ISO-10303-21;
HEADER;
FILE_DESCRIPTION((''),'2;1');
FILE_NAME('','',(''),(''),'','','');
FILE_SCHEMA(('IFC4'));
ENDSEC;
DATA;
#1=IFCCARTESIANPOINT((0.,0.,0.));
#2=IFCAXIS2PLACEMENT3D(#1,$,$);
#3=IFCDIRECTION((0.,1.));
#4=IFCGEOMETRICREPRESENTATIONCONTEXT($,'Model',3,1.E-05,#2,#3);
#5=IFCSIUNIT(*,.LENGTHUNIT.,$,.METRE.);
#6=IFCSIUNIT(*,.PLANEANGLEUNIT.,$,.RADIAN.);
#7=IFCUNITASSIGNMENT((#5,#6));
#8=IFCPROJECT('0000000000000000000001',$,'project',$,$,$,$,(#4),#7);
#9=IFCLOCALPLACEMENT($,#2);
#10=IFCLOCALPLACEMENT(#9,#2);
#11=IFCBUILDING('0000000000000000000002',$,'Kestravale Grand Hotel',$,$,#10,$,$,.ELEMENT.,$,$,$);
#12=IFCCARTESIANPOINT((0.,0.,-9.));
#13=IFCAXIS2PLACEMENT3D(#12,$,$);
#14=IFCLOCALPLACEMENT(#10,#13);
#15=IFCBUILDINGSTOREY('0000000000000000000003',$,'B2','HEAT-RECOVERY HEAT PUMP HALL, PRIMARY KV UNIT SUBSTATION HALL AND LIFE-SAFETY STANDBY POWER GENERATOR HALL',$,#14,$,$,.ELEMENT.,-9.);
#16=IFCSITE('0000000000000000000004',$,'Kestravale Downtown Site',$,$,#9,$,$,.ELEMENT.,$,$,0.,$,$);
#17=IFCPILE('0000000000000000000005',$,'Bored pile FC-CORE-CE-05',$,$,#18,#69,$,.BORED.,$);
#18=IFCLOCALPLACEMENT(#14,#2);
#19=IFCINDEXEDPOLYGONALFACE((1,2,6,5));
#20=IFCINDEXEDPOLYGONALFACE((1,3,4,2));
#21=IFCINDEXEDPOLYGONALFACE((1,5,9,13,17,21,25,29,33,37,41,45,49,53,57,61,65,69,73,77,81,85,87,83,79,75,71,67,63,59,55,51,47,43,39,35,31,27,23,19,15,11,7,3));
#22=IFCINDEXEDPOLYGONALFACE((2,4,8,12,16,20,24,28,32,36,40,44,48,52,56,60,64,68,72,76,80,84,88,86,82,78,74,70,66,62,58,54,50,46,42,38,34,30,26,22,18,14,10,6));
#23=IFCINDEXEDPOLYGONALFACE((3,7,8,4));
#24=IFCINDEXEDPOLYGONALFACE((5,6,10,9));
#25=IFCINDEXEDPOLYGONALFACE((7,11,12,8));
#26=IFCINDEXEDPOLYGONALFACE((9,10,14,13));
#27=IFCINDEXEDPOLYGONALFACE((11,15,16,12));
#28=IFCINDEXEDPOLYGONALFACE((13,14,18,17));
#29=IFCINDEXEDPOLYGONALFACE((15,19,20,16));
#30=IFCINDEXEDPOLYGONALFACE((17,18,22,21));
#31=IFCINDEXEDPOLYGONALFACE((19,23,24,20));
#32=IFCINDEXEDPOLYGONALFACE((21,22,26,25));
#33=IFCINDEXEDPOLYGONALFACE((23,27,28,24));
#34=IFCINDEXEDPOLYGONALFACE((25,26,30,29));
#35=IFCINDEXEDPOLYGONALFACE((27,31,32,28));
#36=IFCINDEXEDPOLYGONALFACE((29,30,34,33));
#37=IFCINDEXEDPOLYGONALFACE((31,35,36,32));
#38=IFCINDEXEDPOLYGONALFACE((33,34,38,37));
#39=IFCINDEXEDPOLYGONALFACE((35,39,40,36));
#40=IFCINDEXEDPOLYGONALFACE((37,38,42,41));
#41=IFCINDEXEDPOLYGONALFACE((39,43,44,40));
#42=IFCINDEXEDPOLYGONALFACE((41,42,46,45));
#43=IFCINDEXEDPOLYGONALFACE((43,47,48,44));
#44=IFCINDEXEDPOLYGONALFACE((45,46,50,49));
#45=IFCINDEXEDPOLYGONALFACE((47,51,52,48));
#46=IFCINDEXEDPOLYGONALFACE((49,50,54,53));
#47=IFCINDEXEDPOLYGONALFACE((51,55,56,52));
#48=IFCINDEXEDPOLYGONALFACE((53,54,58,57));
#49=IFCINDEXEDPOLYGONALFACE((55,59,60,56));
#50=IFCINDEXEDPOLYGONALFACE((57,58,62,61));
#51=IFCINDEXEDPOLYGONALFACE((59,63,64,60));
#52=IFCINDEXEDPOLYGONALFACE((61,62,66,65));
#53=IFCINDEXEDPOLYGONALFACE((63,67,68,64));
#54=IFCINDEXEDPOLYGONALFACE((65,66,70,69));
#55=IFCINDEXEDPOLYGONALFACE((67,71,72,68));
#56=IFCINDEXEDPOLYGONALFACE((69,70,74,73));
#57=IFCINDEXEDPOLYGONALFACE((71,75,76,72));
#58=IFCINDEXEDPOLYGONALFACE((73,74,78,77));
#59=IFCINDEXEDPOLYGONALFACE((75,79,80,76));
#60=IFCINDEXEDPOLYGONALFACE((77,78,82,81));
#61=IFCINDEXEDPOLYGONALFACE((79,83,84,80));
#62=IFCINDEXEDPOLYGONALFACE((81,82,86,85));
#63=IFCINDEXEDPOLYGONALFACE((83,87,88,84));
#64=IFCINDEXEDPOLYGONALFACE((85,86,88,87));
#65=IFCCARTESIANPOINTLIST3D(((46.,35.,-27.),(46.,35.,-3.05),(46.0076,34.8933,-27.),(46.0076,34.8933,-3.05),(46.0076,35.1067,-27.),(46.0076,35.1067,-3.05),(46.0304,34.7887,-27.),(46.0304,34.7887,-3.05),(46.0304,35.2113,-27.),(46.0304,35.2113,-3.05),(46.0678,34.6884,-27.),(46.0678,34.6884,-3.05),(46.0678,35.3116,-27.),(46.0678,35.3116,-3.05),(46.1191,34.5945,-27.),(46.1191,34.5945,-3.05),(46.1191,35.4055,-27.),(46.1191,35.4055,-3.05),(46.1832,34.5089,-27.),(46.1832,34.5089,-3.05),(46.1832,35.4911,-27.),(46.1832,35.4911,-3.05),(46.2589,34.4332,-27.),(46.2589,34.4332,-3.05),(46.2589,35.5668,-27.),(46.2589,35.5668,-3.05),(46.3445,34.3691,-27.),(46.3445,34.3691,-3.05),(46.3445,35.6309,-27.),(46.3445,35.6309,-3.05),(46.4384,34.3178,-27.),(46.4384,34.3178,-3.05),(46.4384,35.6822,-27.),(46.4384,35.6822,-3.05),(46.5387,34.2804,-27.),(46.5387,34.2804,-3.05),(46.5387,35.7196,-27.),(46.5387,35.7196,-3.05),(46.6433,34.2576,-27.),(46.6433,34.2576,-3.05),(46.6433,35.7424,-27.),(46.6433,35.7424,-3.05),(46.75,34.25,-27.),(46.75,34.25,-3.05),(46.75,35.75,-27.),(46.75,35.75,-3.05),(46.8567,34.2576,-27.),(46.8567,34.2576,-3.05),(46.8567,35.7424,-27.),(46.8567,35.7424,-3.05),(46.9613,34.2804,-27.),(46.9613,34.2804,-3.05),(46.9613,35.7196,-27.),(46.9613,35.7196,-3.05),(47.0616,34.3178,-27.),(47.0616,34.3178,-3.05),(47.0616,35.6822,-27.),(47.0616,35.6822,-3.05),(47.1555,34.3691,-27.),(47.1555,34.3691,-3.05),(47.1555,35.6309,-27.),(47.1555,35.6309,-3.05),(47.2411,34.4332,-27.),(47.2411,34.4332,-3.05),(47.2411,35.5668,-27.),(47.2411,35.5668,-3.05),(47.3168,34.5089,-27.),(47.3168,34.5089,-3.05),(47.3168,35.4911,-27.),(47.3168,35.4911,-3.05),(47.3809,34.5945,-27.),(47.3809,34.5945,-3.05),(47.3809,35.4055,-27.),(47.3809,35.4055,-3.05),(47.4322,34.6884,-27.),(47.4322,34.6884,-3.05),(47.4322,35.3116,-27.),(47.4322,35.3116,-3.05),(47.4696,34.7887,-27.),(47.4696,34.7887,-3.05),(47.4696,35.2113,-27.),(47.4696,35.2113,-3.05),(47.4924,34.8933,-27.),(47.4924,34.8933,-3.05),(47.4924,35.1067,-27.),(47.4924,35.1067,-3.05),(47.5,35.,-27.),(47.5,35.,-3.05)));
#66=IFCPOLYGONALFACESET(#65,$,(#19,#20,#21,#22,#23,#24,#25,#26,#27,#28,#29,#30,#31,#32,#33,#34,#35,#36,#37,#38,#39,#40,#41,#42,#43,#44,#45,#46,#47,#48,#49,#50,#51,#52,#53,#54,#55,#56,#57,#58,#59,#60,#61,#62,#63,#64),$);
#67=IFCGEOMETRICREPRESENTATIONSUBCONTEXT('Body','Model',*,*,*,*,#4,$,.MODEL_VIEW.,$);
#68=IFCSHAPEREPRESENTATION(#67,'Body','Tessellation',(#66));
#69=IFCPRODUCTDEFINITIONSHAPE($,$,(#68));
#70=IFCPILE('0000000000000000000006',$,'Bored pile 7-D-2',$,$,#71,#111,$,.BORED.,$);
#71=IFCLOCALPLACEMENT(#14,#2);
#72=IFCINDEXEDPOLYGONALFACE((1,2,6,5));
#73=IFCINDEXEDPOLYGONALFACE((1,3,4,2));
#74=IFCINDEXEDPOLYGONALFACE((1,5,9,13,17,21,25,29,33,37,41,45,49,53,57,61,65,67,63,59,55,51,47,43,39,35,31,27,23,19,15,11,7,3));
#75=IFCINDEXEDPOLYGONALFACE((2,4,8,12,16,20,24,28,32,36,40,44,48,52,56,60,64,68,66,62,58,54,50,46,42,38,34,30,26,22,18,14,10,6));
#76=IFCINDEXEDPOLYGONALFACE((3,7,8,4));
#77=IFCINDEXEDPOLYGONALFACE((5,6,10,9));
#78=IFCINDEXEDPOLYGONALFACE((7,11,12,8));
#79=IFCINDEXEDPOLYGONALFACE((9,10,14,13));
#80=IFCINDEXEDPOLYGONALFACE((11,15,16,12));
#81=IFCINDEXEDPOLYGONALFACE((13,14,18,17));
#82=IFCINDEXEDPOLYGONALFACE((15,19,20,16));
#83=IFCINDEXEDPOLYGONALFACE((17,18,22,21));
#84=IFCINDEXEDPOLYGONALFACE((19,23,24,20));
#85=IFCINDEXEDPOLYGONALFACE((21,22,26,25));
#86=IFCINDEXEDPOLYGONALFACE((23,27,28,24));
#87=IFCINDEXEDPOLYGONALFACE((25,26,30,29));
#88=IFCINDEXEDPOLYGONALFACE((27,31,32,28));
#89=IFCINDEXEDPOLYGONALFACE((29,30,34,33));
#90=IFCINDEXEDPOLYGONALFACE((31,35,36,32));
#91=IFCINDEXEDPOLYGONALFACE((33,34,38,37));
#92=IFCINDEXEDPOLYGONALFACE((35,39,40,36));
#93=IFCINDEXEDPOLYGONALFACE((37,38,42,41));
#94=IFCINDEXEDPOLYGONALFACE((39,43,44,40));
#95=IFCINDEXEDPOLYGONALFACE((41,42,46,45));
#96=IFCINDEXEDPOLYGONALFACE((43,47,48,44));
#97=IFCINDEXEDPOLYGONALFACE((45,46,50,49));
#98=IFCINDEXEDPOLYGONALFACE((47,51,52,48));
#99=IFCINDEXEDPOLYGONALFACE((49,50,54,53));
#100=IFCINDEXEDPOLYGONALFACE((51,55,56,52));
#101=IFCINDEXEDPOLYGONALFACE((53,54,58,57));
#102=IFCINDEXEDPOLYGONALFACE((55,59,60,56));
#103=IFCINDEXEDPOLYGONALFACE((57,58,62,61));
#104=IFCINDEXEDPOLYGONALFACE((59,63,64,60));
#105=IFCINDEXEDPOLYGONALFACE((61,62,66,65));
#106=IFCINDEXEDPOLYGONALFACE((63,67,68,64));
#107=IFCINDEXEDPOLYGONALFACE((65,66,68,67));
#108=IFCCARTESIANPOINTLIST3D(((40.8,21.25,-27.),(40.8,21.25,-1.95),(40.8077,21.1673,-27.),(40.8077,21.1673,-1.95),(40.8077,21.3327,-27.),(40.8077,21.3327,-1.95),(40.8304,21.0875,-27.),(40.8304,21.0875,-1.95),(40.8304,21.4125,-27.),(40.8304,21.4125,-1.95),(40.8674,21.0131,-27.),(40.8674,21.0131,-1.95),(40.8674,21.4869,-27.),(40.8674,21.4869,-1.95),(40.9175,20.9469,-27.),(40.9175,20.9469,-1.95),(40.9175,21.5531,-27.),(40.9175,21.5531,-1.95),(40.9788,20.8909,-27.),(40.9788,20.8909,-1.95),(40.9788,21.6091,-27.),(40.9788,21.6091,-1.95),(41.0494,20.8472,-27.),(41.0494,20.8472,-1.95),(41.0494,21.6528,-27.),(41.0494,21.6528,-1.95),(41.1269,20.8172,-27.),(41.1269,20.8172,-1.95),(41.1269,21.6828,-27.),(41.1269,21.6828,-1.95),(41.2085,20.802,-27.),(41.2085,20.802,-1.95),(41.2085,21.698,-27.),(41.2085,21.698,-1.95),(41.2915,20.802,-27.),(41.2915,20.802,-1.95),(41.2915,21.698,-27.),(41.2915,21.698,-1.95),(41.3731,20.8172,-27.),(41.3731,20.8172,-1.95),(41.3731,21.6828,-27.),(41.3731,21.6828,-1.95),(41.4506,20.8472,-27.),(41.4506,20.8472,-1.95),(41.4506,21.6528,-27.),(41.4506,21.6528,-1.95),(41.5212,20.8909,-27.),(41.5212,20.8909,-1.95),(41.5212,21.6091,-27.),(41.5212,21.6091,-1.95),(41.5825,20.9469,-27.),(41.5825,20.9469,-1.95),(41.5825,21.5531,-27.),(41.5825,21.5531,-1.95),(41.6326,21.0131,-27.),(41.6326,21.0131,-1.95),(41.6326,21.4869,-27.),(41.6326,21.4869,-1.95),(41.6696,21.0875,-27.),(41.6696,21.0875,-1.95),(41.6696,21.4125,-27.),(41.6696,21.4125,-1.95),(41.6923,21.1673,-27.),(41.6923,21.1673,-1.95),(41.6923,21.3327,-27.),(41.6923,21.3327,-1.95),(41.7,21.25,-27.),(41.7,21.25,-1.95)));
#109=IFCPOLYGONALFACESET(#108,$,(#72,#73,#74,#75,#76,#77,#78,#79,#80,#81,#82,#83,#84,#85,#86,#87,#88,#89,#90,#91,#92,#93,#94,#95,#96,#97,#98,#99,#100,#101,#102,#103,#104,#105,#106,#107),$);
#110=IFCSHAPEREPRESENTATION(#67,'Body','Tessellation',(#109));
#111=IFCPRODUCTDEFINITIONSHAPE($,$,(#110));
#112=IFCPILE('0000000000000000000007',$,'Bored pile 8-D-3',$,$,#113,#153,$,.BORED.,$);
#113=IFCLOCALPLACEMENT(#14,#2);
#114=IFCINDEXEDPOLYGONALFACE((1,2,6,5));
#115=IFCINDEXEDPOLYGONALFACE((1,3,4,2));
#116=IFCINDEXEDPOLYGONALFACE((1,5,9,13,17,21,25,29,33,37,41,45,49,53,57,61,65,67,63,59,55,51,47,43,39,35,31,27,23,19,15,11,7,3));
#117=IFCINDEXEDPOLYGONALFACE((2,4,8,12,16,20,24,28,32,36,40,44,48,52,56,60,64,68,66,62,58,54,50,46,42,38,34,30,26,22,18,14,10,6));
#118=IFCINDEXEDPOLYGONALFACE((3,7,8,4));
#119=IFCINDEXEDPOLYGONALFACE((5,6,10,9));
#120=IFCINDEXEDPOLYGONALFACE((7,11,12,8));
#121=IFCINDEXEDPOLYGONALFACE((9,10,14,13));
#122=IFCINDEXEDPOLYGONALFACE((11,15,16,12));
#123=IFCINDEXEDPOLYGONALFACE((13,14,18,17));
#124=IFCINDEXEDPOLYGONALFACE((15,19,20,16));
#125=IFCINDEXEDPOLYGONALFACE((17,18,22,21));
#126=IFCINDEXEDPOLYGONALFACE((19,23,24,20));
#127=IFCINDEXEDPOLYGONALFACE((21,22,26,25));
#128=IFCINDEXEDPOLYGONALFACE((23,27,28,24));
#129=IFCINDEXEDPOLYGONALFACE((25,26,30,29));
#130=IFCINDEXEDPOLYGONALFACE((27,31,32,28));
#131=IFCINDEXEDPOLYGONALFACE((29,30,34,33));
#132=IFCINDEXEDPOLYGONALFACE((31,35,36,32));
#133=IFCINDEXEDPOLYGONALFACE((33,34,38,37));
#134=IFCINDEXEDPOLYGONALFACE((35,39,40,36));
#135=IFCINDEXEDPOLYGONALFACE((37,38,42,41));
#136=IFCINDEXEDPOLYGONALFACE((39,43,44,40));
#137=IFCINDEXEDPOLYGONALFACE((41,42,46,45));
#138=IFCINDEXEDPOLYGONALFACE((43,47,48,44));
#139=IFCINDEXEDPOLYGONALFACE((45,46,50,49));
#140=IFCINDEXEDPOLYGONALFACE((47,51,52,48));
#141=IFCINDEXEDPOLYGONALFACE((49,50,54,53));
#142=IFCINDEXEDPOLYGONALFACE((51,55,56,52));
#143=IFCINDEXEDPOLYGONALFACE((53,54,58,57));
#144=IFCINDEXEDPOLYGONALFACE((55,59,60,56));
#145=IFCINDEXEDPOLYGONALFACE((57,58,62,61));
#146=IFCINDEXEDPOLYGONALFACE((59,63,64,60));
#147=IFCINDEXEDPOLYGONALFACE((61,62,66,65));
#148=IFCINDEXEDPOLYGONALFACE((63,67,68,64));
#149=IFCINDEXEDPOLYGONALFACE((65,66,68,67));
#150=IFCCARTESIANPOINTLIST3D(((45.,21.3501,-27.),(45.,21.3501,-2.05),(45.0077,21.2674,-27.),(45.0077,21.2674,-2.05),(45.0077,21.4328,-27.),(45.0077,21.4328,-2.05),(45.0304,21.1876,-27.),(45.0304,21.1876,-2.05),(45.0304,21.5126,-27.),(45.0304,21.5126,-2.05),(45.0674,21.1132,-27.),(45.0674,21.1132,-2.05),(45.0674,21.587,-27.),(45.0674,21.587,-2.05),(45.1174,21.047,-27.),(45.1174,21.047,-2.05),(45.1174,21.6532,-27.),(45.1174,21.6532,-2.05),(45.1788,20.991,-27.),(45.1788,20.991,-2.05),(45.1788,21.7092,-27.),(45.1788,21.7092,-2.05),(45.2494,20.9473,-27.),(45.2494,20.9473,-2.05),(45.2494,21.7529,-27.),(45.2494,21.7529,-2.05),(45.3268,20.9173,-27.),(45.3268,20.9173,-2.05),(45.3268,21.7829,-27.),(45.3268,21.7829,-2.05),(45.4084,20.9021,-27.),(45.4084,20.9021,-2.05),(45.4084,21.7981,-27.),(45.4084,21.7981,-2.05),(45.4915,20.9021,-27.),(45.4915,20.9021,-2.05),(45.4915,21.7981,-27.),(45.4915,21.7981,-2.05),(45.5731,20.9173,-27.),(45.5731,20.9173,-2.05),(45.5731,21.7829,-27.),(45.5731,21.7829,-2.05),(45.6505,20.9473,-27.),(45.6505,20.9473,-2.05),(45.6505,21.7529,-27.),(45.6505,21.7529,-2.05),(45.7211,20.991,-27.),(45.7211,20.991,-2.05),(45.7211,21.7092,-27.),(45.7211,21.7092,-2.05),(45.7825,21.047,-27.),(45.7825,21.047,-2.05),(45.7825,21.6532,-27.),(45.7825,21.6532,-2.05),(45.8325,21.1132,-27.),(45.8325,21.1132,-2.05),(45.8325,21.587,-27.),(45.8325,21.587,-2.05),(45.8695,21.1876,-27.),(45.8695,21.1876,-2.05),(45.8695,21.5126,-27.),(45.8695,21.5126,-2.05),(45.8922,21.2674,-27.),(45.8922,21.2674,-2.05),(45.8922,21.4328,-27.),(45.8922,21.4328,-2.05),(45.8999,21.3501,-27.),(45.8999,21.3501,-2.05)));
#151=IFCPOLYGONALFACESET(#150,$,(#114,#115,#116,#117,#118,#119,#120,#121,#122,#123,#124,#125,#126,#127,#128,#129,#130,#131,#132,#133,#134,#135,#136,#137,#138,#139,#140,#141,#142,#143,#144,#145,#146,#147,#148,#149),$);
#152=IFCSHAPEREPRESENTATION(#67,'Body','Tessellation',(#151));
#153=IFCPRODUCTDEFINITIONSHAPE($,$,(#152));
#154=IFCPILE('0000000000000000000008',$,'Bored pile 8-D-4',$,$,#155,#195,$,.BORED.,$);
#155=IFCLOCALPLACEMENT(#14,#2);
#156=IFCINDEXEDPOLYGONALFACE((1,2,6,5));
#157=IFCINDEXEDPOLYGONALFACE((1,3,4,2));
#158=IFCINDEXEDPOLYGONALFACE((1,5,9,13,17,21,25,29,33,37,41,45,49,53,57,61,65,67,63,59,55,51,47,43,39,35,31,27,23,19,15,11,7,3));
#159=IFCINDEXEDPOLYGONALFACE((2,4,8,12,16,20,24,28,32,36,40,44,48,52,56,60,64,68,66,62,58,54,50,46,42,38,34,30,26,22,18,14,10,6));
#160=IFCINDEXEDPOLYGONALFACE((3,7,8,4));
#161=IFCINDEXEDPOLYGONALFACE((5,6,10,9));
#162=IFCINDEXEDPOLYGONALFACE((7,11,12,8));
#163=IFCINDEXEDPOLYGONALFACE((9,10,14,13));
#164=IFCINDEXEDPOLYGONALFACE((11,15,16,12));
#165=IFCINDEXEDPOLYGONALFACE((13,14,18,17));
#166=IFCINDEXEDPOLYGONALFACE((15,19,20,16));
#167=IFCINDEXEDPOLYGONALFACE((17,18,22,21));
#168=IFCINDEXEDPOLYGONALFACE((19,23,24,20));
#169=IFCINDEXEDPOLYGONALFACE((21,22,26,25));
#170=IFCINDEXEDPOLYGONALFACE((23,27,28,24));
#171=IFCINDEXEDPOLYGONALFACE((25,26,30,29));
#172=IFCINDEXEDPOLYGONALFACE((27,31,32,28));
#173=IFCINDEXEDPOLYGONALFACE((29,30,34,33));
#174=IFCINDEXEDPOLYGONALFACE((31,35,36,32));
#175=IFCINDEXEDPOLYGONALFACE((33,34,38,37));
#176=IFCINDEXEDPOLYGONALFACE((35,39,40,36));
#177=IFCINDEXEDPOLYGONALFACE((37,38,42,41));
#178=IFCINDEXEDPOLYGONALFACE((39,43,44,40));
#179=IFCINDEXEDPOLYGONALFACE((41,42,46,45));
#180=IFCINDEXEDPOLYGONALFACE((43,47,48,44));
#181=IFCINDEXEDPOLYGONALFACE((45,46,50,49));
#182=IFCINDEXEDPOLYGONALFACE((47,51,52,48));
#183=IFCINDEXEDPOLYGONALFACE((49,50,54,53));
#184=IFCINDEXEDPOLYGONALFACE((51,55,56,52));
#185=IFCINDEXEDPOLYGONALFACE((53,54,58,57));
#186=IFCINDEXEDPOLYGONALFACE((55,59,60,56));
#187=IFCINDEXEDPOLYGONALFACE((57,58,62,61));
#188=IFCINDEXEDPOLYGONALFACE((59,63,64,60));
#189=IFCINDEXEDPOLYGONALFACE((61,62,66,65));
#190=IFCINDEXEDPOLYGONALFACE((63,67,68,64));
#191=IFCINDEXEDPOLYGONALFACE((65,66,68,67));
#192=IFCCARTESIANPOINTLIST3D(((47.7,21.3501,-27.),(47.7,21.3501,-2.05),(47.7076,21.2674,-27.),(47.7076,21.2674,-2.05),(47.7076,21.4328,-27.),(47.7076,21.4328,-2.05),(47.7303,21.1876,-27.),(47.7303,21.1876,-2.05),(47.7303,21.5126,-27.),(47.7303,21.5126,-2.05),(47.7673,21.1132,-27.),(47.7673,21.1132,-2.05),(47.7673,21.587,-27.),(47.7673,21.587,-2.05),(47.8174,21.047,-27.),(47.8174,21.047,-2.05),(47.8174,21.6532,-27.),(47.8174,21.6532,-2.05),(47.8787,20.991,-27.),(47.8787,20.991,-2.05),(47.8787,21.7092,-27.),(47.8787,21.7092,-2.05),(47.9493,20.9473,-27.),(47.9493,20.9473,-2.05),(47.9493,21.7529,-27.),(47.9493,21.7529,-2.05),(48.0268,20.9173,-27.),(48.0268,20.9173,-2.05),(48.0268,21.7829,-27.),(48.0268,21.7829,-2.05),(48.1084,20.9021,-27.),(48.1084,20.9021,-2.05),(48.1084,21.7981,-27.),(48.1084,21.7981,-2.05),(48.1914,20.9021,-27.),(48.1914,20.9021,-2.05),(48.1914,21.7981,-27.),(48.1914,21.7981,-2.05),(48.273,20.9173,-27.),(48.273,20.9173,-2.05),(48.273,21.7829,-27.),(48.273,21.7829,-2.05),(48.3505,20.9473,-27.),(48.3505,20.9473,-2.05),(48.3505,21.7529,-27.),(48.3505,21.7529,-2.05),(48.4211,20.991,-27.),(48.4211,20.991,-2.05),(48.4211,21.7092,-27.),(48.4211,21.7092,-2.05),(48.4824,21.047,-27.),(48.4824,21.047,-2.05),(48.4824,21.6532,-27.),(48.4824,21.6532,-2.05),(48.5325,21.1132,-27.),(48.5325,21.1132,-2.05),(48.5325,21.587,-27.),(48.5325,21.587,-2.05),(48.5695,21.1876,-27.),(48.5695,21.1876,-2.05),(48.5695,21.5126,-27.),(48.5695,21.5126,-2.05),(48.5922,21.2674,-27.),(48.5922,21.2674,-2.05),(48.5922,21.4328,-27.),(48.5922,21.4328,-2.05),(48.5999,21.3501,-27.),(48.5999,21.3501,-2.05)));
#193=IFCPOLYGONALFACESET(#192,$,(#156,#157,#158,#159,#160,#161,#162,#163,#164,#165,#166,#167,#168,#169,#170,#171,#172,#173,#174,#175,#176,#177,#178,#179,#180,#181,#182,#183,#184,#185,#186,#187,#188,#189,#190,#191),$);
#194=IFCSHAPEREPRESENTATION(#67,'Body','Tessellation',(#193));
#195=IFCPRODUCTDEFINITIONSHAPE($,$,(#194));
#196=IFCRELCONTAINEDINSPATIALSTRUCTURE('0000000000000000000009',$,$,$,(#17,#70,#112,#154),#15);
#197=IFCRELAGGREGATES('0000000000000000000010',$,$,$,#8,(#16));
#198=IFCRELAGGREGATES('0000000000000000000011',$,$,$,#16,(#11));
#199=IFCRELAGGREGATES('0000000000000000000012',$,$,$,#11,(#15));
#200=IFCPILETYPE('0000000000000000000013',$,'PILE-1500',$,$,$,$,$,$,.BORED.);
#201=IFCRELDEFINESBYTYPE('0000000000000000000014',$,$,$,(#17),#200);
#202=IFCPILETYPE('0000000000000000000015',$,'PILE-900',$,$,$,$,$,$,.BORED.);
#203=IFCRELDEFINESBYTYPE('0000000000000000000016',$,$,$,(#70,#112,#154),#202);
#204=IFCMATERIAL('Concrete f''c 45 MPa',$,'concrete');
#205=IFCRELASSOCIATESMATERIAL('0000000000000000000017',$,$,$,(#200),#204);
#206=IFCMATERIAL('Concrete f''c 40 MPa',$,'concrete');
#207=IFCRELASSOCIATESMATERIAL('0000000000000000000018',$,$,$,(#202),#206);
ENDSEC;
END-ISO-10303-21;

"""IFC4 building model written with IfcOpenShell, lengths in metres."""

from ifc_helpers import new_model, si_unit, direction, frame, origin, origin_2d, place, context, subcontext, project, spatial, circle, extrude, material, material_profile, profile_set, type_object, element, save


model = new_model("IFC4")

# Units and contexts
model_context = context("Model", 3, precision=1e-05, world=origin(), true_north=direction((0.0, 1.0)))
body_context = subcontext(model_context, "Body", "Model", "MODEL_VIEW")
ifc_project = project(units=[si_unit("LENGTHUNIT", "METRE"), si_unit("PLANEANGLEUNIT", "RADIAN")], contexts=[model_context])

# Site, building, storey
site_placement = place(None, origin())
site = spatial("IfcSite", under=ifc_project, at=site_placement, Name="Kestravale Downtown Site", CompositionType="ELEMENT", RefElevation=0.0)
building_placement = place(site_placement, origin())
building = spatial("IfcBuilding", under=site, at=building_placement, Name="Kestravale Grand Hotel", CompositionType="ELEMENT")
storey_placement = place(building_placement, frame((0.0, 0.0, -9.0)))
storey = spatial("IfcBuildingStorey", under=building, at=storey_placement, Name="B2", Description="HEAT-RECOVERY HEAT PUMP HALL, PRIMARY KV UNIT SUBSTATION HALL AND LIFE-SAFETY STANDBY POWER GENERATOR HALL", CompositionType="ELEMENT", Elevation=-9.0)

# Piles
ifc_material_1 = material(Name="Concrete f'c 45 MPa", Category="concrete")
ifc_material_profile_1 = material_profile(ifc_material_1, circle(Radius=0.75, at=origin_2d()))
ifc_profile_set_1 = profile_set([ifc_material_profile_1], Name="Concrete f'c 45 MPa")
pile_type_1 = type_object("IfcPileType", Name="PILE-1500", PredefinedType="BORED", material=ifc_profile_set_1)
for number, where, z_axis, x_axis, name in (
    (1, (46.75, 35.0, -3.05), (0.0, 0.0, -1.0), (1.0, 0.0, 0.0), "Bored pile FC-CORE-CE-05"),
):
    element("IfcPile", number, at=place(storey_placement, frame(where, z_axis=z_axis, x_axis=x_axis)), inside=storey, type_object=pile_type_1, Name=name, PredefinedType="BORED", context=body_context, shape_type="SweptSolid", body=[
        extrude(circle(Radius=0.75, at=origin_2d()), origin(), (0.0, 0.0, 1.0), 23.95),
    ])
ifc_material_2 = material(Name="Concrete f'c 40 MPa", Category="concrete")
ifc_material_profile_2 = material_profile(ifc_material_2, circle(Radius=0.45, at=origin_2d()))
ifc_profile_set_2 = profile_set([ifc_material_profile_2], Name="Concrete f'c 40 MPa")
pile_type_2 = type_object("IfcPileType", Name="PILE-900", PredefinedType="BORED", material=ifc_profile_set_2)
pile_placement = place(storey_placement, frame((41.25, 21.25, -1.95), z_axis=(0.0, 0.0, -1.0), x_axis=(1.0, 0.0, 0.0)))
element("IfcPile", 2, at=pile_placement, inside=storey, type_object=pile_type_2, Name="Bored pile 7-D-2", PredefinedType="BORED", context=body_context, shape_type="SweptSolid", body=[
    extrude(circle(Radius=0.45, at=origin_2d()), origin(), (0.0, 0.0, 1.0), 25.05),
])
for number, where, z_axis, x_axis, name in (
    (3, (45.45, 21.3501, -2.05), (0.0, 0.0, -1.0), (1.0, 0.0, 0.0), "Bored pile 8-D-3"),
    (4, (48.1499, 21.3501, -2.05), (0.0, 0.0, -1.0), (1.0, 0.0, 0.0), "Bored pile 8-D-4"),
):
    element("IfcPile", number, at=place(storey_placement, frame(where, z_axis=z_axis, x_axis=x_axis)), inside=storey, type_object=pile_type_2, Name=name, PredefinedType="BORED", context=body_context, shape_type="SweptSolid", body=[
        extrude(circle(Radius=0.45, at=origin_2d()), origin(), (0.0, 0.0, 1.0), 24.95),
    ])

save(model, "model.ifc")
